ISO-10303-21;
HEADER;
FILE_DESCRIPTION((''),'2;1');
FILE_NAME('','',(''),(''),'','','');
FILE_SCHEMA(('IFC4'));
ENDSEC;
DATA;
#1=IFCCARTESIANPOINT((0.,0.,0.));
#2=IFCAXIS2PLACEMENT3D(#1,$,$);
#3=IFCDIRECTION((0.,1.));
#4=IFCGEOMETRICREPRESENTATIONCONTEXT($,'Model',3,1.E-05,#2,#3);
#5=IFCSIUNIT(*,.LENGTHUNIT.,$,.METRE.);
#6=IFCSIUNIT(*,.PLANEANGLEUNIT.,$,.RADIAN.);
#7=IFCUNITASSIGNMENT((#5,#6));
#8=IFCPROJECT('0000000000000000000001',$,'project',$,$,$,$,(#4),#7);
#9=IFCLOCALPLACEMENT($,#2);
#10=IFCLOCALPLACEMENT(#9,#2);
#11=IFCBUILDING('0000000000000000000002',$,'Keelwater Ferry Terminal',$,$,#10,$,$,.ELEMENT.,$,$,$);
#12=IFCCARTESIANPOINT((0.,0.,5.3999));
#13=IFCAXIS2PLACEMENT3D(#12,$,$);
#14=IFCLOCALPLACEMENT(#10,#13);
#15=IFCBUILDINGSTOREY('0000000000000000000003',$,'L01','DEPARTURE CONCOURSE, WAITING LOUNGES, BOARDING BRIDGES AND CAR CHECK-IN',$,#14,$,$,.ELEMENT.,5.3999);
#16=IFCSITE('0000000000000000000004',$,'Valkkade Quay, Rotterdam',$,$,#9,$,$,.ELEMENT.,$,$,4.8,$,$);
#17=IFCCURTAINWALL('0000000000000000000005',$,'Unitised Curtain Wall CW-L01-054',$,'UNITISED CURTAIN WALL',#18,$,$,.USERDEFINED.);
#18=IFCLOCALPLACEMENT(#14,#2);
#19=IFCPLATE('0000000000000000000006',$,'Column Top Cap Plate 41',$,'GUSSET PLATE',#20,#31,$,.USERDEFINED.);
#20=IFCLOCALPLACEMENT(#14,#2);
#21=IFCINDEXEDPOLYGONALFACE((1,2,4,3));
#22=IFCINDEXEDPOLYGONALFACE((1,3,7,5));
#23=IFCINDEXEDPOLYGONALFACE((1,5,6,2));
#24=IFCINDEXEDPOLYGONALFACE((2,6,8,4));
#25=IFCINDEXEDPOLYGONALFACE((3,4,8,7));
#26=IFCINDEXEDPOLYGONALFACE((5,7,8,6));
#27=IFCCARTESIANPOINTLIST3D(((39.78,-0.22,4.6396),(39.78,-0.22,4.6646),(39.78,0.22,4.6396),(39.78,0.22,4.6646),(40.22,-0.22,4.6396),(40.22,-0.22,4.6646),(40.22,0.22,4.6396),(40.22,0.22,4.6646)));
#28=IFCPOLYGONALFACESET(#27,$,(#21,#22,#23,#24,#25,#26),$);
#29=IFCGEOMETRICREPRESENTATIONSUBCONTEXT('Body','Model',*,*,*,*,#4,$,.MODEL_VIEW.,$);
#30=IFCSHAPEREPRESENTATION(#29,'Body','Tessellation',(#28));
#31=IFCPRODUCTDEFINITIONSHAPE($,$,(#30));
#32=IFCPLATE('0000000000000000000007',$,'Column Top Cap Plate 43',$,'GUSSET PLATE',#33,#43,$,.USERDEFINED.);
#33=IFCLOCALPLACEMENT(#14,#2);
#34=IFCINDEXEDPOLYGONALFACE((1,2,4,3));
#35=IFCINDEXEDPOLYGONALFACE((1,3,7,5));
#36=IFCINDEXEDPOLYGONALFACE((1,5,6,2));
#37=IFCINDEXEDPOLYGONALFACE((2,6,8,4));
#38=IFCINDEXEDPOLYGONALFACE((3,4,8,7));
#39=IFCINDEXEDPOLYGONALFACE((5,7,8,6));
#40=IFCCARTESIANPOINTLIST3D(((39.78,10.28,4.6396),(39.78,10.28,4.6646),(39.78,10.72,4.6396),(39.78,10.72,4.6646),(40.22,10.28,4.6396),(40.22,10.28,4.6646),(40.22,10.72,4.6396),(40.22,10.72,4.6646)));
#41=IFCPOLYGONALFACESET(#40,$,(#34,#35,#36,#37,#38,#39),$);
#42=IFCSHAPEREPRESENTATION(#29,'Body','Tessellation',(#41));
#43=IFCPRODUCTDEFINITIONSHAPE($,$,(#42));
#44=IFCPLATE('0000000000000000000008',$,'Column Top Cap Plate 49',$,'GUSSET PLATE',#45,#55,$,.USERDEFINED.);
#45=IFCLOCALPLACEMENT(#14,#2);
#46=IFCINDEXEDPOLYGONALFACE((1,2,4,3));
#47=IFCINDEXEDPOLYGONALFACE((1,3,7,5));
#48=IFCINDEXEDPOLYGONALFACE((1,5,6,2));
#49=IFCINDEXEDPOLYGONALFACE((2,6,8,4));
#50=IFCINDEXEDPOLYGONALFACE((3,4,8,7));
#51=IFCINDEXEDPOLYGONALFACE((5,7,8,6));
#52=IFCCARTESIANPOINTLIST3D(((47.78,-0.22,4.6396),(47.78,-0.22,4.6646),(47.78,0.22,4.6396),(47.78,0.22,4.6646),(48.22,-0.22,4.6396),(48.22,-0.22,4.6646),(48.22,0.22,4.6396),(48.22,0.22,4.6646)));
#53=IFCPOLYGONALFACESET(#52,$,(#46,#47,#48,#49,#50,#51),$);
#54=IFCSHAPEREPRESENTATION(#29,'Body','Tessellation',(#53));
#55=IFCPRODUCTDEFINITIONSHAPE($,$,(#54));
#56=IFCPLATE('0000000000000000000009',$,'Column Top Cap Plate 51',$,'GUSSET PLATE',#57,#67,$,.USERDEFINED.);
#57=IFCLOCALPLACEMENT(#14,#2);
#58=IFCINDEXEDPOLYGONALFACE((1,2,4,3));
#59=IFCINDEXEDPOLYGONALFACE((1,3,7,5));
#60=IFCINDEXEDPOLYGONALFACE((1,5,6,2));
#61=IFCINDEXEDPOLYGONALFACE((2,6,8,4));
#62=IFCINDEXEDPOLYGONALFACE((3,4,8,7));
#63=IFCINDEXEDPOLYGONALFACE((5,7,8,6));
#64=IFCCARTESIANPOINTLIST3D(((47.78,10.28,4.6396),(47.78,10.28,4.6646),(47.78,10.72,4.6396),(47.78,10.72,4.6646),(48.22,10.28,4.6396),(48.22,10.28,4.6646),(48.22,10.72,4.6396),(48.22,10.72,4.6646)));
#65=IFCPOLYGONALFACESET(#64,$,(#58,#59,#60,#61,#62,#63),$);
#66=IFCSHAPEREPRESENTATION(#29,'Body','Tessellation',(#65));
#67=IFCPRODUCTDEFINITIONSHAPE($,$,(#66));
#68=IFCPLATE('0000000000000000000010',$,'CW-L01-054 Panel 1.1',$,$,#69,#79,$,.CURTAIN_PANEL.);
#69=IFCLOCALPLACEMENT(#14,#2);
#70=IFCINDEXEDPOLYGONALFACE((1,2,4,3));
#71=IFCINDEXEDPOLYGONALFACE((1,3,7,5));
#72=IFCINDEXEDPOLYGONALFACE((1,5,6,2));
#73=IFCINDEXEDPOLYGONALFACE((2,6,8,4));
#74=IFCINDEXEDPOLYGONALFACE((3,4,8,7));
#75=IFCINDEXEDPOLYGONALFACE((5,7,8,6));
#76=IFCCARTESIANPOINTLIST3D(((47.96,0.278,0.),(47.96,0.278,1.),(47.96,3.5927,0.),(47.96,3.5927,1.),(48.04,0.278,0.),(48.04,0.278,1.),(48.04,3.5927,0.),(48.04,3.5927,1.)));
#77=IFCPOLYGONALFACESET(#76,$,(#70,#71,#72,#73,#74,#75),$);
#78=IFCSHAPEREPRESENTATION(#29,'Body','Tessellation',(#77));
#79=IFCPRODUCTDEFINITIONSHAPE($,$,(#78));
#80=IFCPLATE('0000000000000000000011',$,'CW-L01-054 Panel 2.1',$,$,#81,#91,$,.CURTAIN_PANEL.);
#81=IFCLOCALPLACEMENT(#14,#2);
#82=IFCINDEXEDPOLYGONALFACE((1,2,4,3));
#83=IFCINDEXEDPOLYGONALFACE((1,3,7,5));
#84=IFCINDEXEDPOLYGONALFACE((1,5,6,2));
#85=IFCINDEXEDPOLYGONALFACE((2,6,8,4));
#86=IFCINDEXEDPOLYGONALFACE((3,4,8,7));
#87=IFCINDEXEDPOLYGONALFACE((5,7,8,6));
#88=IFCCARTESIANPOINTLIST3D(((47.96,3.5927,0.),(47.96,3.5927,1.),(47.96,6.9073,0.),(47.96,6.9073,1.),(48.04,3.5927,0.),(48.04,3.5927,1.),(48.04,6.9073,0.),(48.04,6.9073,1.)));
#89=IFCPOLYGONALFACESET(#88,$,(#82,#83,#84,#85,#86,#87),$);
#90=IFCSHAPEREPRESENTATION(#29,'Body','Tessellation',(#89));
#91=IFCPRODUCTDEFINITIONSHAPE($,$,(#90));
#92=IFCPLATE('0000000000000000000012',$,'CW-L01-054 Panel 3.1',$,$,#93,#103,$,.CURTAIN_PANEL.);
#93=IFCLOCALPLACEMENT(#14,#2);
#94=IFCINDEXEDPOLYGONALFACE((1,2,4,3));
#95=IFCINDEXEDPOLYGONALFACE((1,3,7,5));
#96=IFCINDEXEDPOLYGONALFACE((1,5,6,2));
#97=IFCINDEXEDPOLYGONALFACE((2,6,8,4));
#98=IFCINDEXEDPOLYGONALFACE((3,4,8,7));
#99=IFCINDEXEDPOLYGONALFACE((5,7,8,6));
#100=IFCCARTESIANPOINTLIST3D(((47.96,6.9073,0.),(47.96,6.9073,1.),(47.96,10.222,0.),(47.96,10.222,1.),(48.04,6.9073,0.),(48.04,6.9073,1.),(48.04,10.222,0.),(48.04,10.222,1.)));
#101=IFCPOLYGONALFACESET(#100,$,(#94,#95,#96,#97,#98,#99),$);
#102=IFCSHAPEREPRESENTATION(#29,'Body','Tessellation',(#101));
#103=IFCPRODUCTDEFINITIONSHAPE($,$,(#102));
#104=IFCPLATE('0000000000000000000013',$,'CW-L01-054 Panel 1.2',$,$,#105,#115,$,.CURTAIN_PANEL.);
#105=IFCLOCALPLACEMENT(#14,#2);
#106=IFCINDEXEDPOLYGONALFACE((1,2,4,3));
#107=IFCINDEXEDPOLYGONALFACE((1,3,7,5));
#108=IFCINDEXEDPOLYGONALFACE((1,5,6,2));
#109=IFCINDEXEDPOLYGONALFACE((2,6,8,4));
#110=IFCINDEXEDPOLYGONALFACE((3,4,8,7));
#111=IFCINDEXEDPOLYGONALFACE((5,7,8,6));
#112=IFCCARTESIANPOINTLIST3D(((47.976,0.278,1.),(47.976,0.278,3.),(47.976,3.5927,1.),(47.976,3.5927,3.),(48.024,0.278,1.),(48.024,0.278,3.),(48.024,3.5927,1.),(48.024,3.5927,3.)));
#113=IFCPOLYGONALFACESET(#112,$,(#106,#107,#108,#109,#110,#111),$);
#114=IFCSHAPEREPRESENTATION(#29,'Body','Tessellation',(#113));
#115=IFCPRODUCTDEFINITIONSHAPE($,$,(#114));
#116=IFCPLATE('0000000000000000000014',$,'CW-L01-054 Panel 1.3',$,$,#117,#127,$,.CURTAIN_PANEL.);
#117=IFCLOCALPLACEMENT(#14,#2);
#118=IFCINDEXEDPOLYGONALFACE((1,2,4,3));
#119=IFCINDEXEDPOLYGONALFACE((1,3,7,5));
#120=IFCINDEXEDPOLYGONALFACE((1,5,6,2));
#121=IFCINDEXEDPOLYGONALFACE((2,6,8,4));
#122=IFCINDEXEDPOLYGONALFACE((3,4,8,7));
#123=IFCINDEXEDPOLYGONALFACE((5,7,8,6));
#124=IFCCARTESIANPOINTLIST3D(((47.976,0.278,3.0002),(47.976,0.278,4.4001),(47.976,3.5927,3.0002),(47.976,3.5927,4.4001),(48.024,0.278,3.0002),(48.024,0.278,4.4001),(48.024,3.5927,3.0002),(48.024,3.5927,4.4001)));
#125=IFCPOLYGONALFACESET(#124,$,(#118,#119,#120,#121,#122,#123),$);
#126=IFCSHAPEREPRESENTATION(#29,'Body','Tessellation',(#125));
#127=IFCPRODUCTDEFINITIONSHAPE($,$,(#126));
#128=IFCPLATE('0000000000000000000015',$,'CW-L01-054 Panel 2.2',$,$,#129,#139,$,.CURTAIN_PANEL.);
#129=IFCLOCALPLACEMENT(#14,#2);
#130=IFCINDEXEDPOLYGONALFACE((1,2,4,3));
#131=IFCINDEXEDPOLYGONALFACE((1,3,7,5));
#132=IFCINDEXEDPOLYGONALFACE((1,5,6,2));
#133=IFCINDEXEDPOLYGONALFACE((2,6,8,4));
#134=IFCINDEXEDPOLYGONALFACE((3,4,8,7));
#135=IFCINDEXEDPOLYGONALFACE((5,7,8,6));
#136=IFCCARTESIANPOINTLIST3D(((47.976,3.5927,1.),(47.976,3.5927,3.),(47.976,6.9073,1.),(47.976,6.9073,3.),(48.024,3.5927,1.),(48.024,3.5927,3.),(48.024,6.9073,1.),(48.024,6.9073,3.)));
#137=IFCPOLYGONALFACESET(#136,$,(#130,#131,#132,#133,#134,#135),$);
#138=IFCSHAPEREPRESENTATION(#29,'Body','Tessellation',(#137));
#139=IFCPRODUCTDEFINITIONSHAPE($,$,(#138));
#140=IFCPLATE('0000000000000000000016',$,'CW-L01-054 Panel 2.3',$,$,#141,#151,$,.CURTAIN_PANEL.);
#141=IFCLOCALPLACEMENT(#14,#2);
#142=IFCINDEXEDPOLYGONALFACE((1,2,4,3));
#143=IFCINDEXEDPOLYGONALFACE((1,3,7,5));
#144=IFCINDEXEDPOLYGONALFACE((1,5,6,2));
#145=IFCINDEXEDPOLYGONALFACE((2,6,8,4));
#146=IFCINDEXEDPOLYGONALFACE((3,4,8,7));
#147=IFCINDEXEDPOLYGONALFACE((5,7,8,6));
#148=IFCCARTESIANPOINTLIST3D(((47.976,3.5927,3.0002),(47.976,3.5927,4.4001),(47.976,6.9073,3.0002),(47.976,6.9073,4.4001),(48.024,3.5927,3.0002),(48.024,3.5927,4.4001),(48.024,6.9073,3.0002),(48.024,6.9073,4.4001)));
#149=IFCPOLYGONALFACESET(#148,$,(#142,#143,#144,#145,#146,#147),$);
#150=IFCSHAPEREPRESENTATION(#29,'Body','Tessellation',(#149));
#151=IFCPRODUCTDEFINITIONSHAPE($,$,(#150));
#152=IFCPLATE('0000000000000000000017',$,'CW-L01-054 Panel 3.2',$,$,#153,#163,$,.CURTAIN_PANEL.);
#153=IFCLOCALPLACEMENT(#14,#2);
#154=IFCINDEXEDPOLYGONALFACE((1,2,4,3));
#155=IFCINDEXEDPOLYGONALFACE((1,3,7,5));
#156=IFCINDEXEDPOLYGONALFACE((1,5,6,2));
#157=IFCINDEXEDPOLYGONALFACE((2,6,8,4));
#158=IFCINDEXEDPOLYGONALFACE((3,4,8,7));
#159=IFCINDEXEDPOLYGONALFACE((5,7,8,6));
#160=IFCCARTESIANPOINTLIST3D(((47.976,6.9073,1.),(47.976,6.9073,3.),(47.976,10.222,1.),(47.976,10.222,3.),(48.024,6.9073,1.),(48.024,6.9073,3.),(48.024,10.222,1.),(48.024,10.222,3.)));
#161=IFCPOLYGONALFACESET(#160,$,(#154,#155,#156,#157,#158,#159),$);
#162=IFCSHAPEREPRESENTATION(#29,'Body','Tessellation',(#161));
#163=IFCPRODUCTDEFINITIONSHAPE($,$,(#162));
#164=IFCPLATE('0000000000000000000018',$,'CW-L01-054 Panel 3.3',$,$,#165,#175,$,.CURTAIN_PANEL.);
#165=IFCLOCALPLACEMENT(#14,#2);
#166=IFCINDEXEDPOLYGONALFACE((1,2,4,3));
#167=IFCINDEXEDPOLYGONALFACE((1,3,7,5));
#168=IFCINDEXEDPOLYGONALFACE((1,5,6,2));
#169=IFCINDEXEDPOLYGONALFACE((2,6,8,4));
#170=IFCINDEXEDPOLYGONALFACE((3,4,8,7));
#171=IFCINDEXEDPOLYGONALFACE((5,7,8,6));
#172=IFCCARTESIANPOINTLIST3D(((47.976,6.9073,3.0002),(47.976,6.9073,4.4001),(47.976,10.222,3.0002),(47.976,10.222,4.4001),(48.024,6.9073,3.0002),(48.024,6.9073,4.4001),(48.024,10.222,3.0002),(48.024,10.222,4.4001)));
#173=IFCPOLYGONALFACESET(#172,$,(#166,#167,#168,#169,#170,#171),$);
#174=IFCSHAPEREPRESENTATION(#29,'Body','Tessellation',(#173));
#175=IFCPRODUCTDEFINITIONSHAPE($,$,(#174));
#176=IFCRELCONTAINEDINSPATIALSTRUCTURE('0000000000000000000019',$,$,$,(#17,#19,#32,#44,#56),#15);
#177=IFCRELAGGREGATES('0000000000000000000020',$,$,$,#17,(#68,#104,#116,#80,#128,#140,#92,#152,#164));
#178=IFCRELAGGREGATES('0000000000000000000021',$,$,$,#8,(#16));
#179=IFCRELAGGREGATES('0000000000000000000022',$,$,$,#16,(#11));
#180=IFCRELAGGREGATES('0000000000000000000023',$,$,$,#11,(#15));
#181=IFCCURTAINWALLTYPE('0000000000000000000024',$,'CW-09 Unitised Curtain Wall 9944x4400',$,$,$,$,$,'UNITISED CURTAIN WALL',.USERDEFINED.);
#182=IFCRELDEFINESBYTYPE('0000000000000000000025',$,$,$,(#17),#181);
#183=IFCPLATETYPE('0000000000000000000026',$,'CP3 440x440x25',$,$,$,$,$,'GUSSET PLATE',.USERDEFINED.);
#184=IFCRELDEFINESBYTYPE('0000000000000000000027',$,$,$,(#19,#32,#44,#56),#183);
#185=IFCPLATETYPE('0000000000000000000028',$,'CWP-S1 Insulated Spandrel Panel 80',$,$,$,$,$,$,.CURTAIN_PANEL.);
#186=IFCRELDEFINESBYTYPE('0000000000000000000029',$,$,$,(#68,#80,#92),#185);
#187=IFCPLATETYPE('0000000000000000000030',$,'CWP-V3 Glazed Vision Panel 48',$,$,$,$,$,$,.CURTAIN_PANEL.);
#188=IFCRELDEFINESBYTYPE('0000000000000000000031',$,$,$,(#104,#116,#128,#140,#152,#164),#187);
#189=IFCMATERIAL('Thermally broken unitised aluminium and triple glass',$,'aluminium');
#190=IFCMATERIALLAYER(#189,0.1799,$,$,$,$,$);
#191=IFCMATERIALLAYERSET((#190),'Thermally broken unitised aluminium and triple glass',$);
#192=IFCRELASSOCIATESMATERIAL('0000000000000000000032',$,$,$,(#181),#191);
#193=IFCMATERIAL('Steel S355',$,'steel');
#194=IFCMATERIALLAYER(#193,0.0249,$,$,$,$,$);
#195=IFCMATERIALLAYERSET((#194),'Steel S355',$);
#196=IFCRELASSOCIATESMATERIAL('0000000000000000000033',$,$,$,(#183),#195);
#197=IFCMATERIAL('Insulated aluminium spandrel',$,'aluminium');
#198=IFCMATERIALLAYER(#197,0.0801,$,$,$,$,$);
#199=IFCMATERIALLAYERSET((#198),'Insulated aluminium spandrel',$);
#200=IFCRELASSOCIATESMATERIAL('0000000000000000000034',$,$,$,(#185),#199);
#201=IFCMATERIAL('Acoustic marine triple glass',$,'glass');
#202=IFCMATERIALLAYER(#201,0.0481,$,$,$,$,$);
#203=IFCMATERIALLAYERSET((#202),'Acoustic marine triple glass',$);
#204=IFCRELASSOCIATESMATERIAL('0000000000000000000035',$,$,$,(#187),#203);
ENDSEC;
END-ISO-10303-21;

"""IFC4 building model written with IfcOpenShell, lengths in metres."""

from ifc_helpers import new_model, si_unit, direction, frame, origin, origin_2d, place, context, subcontext, project, spatial, rectangle, extrude, material, layer, layer_set, type_object, element, aggregate, save


model = new_model("IFC4")

# Units and contexts
model_context = context("Model", 3, precision=1e-05, world=origin(), true_north=direction((0.0, 1.0)))
body_context = subcontext(model_context, "Body", "Model", "MODEL_VIEW")
ifc_project = project(units=[si_unit("LENGTHUNIT", "METRE"), si_unit("PLANEANGLEUNIT", "RADIAN")], contexts=[model_context])

# Site, building, storey
site_placement = place(None, origin())
site = spatial("IfcSite", under=ifc_project, at=site_placement, Name="Valkkade Quay, Rotterdam", CompositionType="ELEMENT", RefElevation=4.8)
building_placement = place(site_placement, origin())
building = spatial("IfcBuilding", under=site, at=building_placement, Name="Keelwater Ferry Terminal", CompositionType="ELEMENT")
storey_placement = place(building_placement, frame((0.0, 0.0, 5.3999)))
storey = spatial("IfcBuildingStorey", under=building, at=storey_placement, Name="L01", Description="DEPARTURE CONCOURSE, WAITING LOUNGES, BOARDING BRIDGES AND CAR CHECK-IN", CompositionType="ELEMENT", Elevation=5.3999)

# Curtain wall
ifc_material_1 = material(Name="Thermally broken unitised aluminium and triple glass", Category="aluminium")
ifc_layer_1 = layer(ifc_material_1, 0.1799)
ifc_layer_set_1 = layer_set([ifc_layer_1], Name="Thermally broken unitised aluminium and triple glass")
curtain_wall_type = type_object("IfcCurtainWallType", Name="CW-09 Unitised Curtain Wall 9944x4400", ElementType="UNITISED CURTAIN WALL", PredefinedType="USERDEFINED", material=ifc_layer_set_1)
curtain_wall_placement = place(storey_placement, origin())
curtain_wall = element("IfcCurtainWall", 1, at=curtain_wall_placement, inside=storey, type_object=curtain_wall_type, Name="Unitised Curtain Wall CW-L01-054", ObjectType="UNITISED CURTAIN WALL", PredefinedType="USERDEFINED")

# Plates
ifc_material_2 = material(Name="Steel S355", Category="steel")
ifc_layer_2 = layer(ifc_material_2, 0.0249)
ifc_layer_set_2 = layer_set([ifc_layer_2], Name="Steel S355")
plate_type_1 = type_object("IfcPlateType", Name="CP3 440x440x25", ElementType="GUSSET PLATE", PredefinedType="USERDEFINED", material=ifc_layer_set_2)
for number, where, z_axis, x_axis, name in (
    (2, (40.0, 0.0, 4.6396), (0.0, 0.0, 1.0), (1.0, 0.0, 0.0), "Column Top Cap Plate 41"),
    (3, (40.0, 10.5, 4.6396), (0.0, 0.0, 1.0), (1.0, 0.0, 0.0), "Column Top Cap Plate 43"),
    (4, (48.0, 0.0, 4.6396), (0.0, 0.0, 1.0), (1.0, 0.0, 0.0), "Column Top Cap Plate 49"),
    (5, (48.0, 10.5, 4.6396), (0.0, 0.0, 1.0), (1.0, 0.0, 0.0), "Column Top Cap Plate 51"),
):
    element("IfcPlate", number, at=place(storey_placement, frame(where, z_axis=z_axis, x_axis=x_axis)), inside=storey, type_object=plate_type_1, Name=name, ObjectType="GUSSET PLATE", PredefinedType="USERDEFINED", context=body_context, shape_type="SweptSolid", body=[
        extrude(rectangle(XDim=0.4399, YDim=0.4399, at=origin_2d()), origin(), (0.0, 0.0, 1.0), 0.0249),
    ])

# Plates
ifc_material_3 = material(Name="Insulated aluminium spandrel", Category="aluminium")
ifc_layer_3 = layer(ifc_material_3, 0.0801)
ifc_layer_set_3 = layer_set([ifc_layer_3], Name="Insulated aluminium spandrel")
plate_type_2 = type_object("IfcPlateType", Name="CWP-S1 Insulated Spandrel Panel 80", PredefinedType="CURTAIN_PANEL", material=ifc_layer_set_3)
plate_1_placement = place(storey_placement, frame((48.0, 1.9353, 0.0), z_axis=(0.0, 0.0, 1.0), x_axis=(0.0, 1.0, 0.0)))
plate_1 = element("IfcPlate", 6, at=plate_1_placement, type_object=plate_type_2, Name="CW-L01-054 Panel 1.1", PredefinedType="CURTAIN_PANEL", context=body_context, shape_type="SweptSolid", body=[
    extrude(rectangle(XDim=3.3147, YDim=0.0801, at=origin_2d()), origin(), (0.0, 0.0, 1.0), 1.0),
])
plate_2_placement = place(storey_placement, frame((48.0, 5.25, 0.0), z_axis=(0.0, 0.0, 1.0), x_axis=(0.0, 1.0, 0.0)))
plate_2 = element("IfcPlate", 7, at=plate_2_placement, type_object=plate_type_2, Name="CW-L01-054 Panel 2.1", PredefinedType="CURTAIN_PANEL", context=body_context, shape_type="SweptSolid", body=[
    extrude(rectangle(XDim=3.3147, YDim=0.0801, at=origin_2d()), origin(), (0.0, 0.0, 1.0), 1.0),
])
plate_3_placement = place(storey_placement, frame((48.0, 8.5647, 0.0), z_axis=(0.0, 0.0, 1.0), x_axis=(0.0, 1.0, 0.0)))
plate_3 = element("IfcPlate", 8, at=plate_3_placement, type_object=plate_type_2, Name="CW-L01-054 Panel 3.1", PredefinedType="CURTAIN_PANEL", context=body_context, shape_type="SweptSolid", body=[
    extrude(rectangle(XDim=3.3147, YDim=0.0801, at=origin_2d()), origin(), (0.0, 0.0, 1.0), 1.0),
])
ifc_material_4 = material(Name="Acoustic marine triple glass", Category="glass")
ifc_layer_4 = layer(ifc_material_4, 0.0481)
ifc_layer_set_4 = layer_set([ifc_layer_4], Name="Acoustic marine triple glass")
plate_type_3 = type_object("IfcPlateType", Name="CWP-V3 Glazed Vision Panel 48", PredefinedType="CURTAIN_PANEL", material=ifc_layer_set_4)
plate_4_placement = place(storey_placement, frame((48.0, 1.9353, 1.0), z_axis=(0.0, 0.0, 1.0), x_axis=(0.0, 1.0, 0.0)))
plate_4 = element("IfcPlate", 9, at=plate_4_placement, type_object=plate_type_3, Name="CW-L01-054 Panel 1.2", PredefinedType="CURTAIN_PANEL", context=body_context, shape_type="SweptSolid", body=[
    extrude(rectangle(XDim=3.3147, YDim=0.0481, at=origin_2d()), origin(), (0.0, 0.0, 1.0), 2.0),
])
plate_5_placement = place(storey_placement, frame((48.0, 1.9353, 3.0002), z_axis=(0.0, 0.0, 1.0), x_axis=(0.0, 1.0, 0.0)))
plate_5 = element("IfcPlate", 10, at=plate_5_placement, type_object=plate_type_3, Name="CW-L01-054 Panel 1.3", PredefinedType="CURTAIN_PANEL", context=body_context, shape_type="SweptSolid", body=[
    extrude(rectangle(XDim=3.3147, YDim=0.0481, at=origin_2d()), origin(), (0.0, 0.0, 1.0), 1.3999),
])
plate_6_placement = place(storey_placement, frame((48.0, 5.25, 1.0), z_axis=(0.0, 0.0, 1.0), x_axis=(0.0, 1.0, 0.0)))
plate_6 = element("IfcPlate", 11, at=plate_6_placement, type_object=plate_type_3, Name="CW-L01-054 Panel 2.2", PredefinedType="CURTAIN_PANEL", context=body_context, shape_type="SweptSolid", body=[
    extrude(rectangle(XDim=3.3147, YDim=0.0481, at=origin_2d()), origin(), (0.0, 0.0, 1.0), 2.0),
])
plate_7_placement = place(storey_placement, frame((48.0, 5.25, 3.0002), z_axis=(0.0, 0.0, 1.0), x_axis=(0.0, 1.0, 0.0)))
plate_7 = element("IfcPlate", 12, at=plate_7_placement, type_object=plate_type_3, Name="CW-L01-054 Panel 2.3", PredefinedType="CURTAIN_PANEL", context=body_context, shape_type="SweptSolid", body=[
    extrude(rectangle(XDim=3.3147, YDim=0.0481, at=origin_2d()), origin(), (0.0, 0.0, 1.0), 1.3999),
])
plate_8_placement = place(storey_placement, frame((48.0, 8.5647, 1.0), z_axis=(0.0, 0.0, 1.0), x_axis=(0.0, 1.0, 0.0)))
plate_8 = element("IfcPlate", 13, at=plate_8_placement, type_object=plate_type_3, Name="CW-L01-054 Panel 3.2", PredefinedType="CURTAIN_PANEL", context=body_context, shape_type="SweptSolid", body=[
    extrude(rectangle(XDim=3.3147, YDim=0.0481, at=origin_2d()), origin(), (0.0, 0.0, 1.0), 2.0),
])
plate_9_placement = place(storey_placement, frame((48.0, 8.5647, 3.0002), z_axis=(0.0, 0.0, 1.0), x_axis=(0.0, 1.0, 0.0)))
plate_9 = element("IfcPlate", 14, at=plate_9_placement, type_object=plate_type_3, Name="CW-L01-054 Panel 3.3", PredefinedType="CURTAIN_PANEL", context=body_context, shape_type="SweptSolid", body=[
    extrude(rectangle(XDim=3.3147, YDim=0.0481, at=origin_2d()), origin(), (0.0, 0.0, 1.0), 1.3999),
])
aggregate(curtain_wall, [plate_1, plate_4, plate_5, plate_2, plate_6, plate_7, plate_3, plate_8, plate_9])

save(model, "model.ifc")
